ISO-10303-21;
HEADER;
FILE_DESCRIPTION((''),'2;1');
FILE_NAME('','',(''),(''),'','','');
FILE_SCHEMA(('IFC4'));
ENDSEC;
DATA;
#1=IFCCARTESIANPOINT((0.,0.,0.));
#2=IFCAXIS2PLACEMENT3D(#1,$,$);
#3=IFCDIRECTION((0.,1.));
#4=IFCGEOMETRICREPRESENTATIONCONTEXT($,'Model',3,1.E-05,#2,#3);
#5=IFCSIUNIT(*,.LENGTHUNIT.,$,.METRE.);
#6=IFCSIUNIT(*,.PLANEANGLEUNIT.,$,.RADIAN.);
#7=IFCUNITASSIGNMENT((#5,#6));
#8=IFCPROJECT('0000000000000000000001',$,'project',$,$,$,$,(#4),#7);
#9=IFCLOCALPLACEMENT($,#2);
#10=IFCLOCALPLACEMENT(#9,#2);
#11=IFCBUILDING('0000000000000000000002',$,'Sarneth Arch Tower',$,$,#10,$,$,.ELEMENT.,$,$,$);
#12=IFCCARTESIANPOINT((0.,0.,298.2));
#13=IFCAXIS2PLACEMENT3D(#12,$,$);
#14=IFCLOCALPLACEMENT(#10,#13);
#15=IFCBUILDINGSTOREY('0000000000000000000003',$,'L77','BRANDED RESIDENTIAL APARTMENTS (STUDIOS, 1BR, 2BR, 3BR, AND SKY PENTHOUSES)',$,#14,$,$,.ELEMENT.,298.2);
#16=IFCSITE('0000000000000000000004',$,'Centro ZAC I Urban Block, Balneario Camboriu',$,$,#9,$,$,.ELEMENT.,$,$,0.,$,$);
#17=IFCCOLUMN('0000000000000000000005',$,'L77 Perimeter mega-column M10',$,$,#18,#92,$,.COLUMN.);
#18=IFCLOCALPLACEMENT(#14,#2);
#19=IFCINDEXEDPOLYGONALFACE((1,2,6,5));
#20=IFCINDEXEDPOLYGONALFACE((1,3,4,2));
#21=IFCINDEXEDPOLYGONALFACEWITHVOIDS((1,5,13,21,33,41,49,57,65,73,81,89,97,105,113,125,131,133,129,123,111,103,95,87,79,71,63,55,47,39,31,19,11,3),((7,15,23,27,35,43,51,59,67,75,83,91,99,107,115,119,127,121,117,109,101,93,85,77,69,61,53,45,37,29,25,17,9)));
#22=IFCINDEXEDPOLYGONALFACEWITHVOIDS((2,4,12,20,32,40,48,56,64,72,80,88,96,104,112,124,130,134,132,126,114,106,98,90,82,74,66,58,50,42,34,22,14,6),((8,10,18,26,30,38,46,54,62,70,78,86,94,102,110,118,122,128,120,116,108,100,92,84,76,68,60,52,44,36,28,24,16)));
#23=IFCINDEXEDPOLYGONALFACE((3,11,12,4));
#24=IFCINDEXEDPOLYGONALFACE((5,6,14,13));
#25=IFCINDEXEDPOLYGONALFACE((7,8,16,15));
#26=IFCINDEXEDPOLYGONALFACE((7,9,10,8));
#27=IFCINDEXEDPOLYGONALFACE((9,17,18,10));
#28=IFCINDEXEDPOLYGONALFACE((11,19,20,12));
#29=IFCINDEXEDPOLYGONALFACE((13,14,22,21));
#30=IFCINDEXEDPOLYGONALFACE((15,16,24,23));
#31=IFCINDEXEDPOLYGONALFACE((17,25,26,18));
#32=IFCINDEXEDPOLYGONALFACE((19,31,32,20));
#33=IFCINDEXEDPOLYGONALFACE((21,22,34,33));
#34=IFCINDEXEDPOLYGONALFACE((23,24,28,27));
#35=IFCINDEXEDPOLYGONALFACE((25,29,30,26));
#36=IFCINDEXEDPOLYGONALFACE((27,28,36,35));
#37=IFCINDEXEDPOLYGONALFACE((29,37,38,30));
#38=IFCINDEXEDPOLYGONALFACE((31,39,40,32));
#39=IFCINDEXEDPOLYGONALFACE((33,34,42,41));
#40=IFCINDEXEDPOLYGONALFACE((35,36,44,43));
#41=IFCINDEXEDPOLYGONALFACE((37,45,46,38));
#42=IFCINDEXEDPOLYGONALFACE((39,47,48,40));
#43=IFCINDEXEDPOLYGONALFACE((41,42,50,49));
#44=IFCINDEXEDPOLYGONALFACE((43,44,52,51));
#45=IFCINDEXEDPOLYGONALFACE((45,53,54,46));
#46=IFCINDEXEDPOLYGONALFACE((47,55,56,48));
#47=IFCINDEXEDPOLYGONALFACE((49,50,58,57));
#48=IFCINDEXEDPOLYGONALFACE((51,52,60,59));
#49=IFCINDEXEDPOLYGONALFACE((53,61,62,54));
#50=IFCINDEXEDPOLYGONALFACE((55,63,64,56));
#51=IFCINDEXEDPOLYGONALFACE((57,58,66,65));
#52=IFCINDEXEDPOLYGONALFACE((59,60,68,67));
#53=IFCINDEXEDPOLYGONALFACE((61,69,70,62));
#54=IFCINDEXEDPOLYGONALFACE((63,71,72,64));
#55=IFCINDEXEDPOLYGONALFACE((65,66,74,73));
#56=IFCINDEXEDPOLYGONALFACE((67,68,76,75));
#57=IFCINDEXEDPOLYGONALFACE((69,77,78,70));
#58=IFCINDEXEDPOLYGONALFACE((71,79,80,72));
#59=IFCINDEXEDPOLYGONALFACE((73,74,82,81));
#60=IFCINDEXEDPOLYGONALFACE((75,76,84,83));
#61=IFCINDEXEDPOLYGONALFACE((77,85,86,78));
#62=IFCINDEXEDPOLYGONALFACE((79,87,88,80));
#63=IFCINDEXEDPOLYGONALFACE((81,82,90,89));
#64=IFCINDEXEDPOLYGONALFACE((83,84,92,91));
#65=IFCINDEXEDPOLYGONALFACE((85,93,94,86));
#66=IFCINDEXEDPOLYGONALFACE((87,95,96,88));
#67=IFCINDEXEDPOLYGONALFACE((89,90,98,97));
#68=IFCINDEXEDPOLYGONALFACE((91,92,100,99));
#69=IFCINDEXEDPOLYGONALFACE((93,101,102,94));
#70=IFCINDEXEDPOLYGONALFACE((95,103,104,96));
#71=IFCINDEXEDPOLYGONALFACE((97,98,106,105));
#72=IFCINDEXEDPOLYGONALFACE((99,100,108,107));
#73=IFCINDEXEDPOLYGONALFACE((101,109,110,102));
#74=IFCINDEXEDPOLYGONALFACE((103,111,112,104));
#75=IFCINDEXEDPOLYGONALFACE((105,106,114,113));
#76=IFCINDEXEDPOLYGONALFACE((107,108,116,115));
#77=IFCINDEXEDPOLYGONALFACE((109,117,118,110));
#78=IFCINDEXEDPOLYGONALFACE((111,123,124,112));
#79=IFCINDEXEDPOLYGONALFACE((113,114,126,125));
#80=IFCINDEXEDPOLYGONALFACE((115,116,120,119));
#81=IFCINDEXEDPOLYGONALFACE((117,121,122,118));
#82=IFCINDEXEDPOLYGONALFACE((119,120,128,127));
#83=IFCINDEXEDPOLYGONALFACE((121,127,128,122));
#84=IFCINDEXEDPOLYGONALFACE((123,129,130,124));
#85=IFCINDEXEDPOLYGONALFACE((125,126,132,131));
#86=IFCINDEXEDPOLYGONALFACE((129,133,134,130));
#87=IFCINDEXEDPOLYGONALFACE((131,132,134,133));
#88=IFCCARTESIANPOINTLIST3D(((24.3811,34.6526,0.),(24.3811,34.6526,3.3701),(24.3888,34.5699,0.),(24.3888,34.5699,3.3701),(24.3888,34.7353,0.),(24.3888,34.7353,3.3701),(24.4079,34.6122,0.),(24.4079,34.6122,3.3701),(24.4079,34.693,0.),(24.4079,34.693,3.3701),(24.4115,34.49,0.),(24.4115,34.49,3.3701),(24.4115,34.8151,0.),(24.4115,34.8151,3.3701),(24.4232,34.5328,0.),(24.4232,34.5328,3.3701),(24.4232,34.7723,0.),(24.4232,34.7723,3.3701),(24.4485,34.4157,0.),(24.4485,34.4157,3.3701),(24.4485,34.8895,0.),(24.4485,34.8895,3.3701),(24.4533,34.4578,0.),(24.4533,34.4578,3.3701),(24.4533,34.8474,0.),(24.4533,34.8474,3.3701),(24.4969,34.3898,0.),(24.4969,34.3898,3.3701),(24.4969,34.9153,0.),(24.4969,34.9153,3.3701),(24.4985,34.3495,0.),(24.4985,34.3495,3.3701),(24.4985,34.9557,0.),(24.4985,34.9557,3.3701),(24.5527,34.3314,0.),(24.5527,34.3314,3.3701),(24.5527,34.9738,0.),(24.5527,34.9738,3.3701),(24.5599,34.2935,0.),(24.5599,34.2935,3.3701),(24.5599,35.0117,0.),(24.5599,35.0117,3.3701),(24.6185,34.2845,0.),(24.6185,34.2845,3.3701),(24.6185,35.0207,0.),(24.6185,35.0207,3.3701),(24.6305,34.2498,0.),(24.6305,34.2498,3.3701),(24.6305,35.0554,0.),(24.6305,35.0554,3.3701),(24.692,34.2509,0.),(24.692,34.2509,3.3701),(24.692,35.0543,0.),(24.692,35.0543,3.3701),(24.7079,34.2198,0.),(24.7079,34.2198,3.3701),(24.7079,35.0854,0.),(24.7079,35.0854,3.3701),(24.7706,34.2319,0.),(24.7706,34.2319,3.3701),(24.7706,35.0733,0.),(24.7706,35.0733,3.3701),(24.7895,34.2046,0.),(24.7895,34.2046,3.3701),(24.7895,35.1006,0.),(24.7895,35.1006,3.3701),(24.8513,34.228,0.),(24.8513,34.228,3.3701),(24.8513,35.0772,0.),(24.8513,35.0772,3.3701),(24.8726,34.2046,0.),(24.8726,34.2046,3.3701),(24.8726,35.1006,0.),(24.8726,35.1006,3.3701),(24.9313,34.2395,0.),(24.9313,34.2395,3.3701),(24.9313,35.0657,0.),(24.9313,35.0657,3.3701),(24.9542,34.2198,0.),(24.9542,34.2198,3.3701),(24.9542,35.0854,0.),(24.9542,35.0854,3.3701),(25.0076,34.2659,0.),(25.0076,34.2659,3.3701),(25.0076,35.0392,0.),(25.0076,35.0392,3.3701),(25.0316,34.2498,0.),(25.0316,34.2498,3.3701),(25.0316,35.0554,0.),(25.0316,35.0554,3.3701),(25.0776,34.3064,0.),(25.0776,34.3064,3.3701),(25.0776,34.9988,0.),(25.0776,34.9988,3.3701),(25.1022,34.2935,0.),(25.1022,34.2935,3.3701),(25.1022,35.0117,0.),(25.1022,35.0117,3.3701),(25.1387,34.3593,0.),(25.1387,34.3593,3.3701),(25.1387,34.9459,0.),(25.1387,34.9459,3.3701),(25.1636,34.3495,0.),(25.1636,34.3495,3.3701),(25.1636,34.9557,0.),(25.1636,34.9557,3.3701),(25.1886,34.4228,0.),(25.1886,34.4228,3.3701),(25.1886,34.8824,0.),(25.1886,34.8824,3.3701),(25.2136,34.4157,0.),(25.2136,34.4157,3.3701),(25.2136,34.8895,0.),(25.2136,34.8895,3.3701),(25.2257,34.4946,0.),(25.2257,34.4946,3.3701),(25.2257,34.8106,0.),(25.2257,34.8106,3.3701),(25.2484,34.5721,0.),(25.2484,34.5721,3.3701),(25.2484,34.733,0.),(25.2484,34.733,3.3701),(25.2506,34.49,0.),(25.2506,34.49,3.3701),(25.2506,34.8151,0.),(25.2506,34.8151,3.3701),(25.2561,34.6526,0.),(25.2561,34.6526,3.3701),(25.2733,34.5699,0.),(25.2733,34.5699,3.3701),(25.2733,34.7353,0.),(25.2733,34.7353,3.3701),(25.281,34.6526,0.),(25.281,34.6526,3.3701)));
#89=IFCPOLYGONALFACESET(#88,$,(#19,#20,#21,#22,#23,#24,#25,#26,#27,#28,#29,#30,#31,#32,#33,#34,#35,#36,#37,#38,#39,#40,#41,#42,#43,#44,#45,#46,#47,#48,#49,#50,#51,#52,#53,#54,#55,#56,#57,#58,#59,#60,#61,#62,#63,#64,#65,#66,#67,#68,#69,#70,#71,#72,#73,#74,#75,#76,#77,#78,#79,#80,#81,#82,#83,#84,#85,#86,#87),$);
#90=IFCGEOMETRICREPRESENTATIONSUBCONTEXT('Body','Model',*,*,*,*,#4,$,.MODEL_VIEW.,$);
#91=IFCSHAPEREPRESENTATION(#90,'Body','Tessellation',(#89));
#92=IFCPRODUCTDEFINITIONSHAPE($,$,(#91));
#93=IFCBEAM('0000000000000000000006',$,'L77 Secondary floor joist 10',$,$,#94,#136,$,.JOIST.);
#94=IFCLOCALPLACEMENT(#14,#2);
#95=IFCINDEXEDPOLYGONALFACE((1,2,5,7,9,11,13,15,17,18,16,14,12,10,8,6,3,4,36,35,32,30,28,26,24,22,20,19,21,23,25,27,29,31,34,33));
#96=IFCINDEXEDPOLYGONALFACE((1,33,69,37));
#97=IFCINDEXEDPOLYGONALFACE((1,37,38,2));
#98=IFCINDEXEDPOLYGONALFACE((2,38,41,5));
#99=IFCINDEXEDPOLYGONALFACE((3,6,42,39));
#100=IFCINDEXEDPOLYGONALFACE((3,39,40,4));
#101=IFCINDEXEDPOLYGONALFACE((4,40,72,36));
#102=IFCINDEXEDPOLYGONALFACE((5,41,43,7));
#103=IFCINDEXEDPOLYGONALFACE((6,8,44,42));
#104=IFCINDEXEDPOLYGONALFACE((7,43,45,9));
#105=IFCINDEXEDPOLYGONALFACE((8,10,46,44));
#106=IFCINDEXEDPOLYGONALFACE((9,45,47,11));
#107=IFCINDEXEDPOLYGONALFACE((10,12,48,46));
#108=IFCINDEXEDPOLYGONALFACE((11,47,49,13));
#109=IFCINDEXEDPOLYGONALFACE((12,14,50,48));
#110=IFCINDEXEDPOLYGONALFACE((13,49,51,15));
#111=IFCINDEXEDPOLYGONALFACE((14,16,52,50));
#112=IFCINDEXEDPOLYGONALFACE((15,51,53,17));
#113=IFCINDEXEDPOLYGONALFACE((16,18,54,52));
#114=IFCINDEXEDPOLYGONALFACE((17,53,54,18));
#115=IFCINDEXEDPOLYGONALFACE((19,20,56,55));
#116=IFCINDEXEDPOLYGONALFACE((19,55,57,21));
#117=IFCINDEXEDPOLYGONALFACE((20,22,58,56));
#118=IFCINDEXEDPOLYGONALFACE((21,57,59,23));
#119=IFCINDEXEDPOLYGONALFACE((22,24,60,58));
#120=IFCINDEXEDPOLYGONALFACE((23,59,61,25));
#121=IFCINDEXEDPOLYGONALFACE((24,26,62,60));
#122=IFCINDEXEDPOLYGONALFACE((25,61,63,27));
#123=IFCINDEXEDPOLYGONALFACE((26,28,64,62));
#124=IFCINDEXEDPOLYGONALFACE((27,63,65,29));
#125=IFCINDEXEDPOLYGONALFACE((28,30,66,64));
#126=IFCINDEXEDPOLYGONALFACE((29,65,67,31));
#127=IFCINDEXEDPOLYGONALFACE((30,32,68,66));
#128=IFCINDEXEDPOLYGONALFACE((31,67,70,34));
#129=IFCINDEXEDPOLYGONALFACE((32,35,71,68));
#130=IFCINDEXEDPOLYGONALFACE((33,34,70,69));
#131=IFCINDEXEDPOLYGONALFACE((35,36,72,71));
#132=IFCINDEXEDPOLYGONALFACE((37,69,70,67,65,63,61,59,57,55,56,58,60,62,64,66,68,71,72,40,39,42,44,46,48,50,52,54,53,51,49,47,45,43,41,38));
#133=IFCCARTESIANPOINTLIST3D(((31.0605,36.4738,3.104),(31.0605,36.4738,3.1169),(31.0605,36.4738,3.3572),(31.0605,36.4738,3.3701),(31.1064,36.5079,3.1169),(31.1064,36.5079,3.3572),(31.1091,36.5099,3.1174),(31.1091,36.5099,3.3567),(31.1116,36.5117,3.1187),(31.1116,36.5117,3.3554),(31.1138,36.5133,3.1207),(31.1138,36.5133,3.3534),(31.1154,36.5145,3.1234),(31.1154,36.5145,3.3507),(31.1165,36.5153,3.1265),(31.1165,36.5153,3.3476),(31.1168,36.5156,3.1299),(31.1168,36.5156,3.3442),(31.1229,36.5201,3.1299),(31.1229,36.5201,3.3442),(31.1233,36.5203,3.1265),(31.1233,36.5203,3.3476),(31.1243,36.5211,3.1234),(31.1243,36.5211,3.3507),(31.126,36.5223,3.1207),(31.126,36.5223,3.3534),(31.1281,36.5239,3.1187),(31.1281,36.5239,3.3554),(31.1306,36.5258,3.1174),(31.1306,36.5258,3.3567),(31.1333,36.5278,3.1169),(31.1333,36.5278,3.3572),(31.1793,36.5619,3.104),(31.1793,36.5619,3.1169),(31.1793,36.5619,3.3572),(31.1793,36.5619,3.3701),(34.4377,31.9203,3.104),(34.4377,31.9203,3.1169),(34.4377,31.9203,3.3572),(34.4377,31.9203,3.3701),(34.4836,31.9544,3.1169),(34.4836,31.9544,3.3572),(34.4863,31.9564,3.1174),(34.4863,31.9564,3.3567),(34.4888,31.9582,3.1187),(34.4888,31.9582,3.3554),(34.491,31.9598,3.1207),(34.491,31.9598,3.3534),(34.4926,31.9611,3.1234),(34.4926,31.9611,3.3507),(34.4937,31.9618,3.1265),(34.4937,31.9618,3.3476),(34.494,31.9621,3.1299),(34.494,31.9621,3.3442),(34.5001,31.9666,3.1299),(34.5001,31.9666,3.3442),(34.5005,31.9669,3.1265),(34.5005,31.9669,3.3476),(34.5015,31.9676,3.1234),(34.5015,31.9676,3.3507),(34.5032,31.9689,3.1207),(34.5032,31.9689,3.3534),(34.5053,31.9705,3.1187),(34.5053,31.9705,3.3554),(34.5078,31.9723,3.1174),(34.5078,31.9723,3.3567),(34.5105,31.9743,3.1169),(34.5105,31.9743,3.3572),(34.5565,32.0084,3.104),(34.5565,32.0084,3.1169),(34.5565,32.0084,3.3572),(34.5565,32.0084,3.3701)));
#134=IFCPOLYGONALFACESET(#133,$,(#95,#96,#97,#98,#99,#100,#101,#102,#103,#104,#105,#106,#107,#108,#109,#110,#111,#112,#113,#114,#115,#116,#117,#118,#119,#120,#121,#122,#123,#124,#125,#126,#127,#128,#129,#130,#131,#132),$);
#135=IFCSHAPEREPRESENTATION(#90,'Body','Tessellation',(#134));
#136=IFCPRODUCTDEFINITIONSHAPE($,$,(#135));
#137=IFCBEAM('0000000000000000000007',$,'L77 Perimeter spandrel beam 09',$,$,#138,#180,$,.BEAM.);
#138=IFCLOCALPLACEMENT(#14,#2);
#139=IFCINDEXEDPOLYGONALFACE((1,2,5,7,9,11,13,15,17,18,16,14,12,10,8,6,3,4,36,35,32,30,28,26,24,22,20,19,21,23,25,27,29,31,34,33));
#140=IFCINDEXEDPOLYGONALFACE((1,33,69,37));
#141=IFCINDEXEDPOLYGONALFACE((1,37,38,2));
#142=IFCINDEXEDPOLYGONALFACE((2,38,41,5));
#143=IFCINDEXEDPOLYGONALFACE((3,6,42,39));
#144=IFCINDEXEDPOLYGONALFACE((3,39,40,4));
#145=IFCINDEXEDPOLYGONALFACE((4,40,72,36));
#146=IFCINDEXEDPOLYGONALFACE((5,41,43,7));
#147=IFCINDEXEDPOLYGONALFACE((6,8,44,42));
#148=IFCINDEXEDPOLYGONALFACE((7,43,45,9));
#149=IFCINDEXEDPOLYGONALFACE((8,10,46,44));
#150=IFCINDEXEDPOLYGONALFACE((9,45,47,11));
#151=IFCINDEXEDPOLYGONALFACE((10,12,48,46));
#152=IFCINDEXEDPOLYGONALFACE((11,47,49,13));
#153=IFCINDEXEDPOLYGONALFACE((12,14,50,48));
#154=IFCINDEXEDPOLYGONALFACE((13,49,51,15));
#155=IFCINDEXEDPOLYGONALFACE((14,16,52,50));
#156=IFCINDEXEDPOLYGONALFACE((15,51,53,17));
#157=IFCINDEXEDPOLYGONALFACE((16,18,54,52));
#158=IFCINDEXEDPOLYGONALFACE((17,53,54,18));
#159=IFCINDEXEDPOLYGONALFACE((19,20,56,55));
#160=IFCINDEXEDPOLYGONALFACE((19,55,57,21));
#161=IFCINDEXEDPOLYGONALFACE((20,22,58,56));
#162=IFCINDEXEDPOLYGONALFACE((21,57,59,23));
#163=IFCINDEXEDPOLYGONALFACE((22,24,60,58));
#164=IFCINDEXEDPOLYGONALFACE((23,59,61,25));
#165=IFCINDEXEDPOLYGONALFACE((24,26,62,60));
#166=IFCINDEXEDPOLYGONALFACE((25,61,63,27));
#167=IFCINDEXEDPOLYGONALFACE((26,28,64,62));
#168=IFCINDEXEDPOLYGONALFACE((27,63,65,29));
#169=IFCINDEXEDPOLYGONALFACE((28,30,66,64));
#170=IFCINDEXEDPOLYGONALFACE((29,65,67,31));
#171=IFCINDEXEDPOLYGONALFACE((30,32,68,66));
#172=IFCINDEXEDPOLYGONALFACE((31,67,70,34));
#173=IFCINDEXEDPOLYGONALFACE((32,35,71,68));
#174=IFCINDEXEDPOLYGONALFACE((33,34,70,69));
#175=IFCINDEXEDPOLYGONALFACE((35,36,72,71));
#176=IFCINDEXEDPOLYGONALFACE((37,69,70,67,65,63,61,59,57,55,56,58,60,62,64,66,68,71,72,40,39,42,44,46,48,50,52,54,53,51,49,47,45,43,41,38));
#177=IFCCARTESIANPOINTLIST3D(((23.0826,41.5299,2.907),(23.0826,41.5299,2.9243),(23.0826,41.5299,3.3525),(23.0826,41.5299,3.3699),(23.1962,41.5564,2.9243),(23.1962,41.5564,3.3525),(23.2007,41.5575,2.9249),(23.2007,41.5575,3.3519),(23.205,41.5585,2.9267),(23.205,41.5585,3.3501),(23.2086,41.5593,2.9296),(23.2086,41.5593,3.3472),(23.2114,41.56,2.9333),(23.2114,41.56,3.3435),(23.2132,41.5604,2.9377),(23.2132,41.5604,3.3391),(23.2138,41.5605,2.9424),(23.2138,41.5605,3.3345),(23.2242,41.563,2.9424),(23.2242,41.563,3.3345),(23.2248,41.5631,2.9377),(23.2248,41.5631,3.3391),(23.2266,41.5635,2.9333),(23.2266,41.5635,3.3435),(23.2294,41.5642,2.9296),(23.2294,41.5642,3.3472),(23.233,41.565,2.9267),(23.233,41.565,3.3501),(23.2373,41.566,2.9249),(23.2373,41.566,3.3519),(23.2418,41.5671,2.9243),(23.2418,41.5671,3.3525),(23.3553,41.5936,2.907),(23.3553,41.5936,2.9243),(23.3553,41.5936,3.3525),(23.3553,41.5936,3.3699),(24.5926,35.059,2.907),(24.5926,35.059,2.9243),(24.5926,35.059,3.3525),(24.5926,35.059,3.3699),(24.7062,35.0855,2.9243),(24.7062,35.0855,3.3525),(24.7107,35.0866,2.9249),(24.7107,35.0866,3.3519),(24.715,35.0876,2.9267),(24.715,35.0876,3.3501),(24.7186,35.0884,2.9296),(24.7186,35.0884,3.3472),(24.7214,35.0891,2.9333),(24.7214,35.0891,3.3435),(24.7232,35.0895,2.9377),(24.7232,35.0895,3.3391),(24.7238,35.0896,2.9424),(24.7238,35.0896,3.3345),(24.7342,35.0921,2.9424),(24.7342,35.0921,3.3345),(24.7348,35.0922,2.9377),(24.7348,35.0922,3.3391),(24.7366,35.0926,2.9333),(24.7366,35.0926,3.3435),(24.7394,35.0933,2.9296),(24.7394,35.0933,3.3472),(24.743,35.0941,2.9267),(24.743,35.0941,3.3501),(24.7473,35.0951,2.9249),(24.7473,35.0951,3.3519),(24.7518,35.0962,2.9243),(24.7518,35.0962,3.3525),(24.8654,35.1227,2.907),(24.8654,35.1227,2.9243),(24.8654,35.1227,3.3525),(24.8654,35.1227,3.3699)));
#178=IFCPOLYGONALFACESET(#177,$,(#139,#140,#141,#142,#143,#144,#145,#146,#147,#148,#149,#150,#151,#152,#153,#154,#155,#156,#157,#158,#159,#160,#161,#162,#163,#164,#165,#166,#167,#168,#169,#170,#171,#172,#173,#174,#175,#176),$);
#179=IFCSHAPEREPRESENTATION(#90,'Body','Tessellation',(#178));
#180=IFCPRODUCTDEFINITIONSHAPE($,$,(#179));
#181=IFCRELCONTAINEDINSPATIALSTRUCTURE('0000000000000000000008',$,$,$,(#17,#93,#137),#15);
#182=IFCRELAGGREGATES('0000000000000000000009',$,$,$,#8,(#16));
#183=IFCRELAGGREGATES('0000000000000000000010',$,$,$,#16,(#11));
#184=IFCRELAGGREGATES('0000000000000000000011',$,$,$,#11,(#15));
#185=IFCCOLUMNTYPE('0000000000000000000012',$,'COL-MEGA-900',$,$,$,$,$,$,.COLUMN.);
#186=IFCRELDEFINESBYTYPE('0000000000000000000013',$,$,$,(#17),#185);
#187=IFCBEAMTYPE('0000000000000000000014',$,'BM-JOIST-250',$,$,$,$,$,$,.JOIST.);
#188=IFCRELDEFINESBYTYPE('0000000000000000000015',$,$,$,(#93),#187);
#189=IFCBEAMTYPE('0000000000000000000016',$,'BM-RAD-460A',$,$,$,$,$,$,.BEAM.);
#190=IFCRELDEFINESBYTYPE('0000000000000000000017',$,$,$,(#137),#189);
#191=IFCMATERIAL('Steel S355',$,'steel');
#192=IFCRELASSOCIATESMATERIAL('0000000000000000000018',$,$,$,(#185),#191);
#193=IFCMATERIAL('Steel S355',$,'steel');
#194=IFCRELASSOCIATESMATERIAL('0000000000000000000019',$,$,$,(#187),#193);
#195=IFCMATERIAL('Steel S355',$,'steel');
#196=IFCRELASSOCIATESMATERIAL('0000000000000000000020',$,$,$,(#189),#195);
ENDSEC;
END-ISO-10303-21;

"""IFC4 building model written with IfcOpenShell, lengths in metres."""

from ifc_helpers import new_model, si_unit, direction, frame, origin, origin_2d, place, context, subcontext, project, spatial, hollow_circle, i_section, extrude, material, material_profile, profile_set, type_object, element, save


model = new_model("IFC4")

# Units and contexts
model_context = context("Model", 3, precision=1e-05, world=origin(), true_north=direction((0.0, 1.0)))
body_context = subcontext(model_context, "Body", "Model", "MODEL_VIEW")
ifc_project = project(units=[si_unit("LENGTHUNIT", "METRE"), si_unit("PLANEANGLEUNIT", "RADIAN")], contexts=[model_context])

# Site, building, storey
site_placement = place(None, origin())
site = spatial("IfcSite", under=ifc_project, at=site_placement, Name="Centro ZAC I Urban Block, Balneario Camboriu", CompositionType="ELEMENT", RefElevation=0.0)
building_placement = place(site_placement, origin())
building = spatial("IfcBuilding", under=site, at=building_placement, Name="Sarneth Arch Tower", CompositionType="ELEMENT")
storey_placement = place(building_placement, frame((0.0, 0.0, 298.2)))
storey = spatial("IfcBuildingStorey", under=building, at=storey_placement, Name="L77", Description="BRANDED RESIDENTIAL APARTMENTS (STUDIOS, 1BR, 2BR, 3BR, AND SKY PENTHOUSES)", CompositionType="ELEMENT", Elevation=298.2)

# Column
ifc_material_1 = material(Name="Steel S355", Category="steel")
ifc_material_profile_1 = material_profile(ifc_material_1, hollow_circle(Radius=0.45, WallThickness=0.0249, at=origin_2d()), Name="CHS900x25")
ifc_profile_set_1 = profile_set([ifc_material_profile_1], Name="Steel S355")
column_type = type_object("IfcColumnType", Name="COL-MEGA-900", PredefinedType="COLUMN", material=ifc_profile_set_1)
column_placement = place(storey_placement, frame((24.8311, 34.6526, 0.0), z_axis=(0.0, 0.0, 1.0), x_axis=(1.0, 0.0, 0.0)))
element("IfcColumn", 1, at=column_placement, inside=storey, type_object=column_type, Name="L77 Perimeter mega-column M10", PredefinedType="COLUMN", context=body_context, shape_type="SweptSolid", body=[
    extrude(hollow_circle(Radius=0.45, WallThickness=0.0249, at=origin_2d()), origin(), (0.0, 0.0, 1.0), 3.3701),
])

# Beams
ifc_material_2 = material(Name="Steel S355", Category="steel")
ifc_material_profile_2 = material_profile(ifc_material_2, i_section(OverallWidth=0.1479, OverallDepth=0.2661, WebThickness=0.0076, FlangeThickness=0.0129, FilletRadius=0.0129, at=origin_2d()), Name="W250x44.8")
ifc_profile_set_2 = profile_set([ifc_material_profile_2], Name="Steel S355")
beam_type_1 = type_object("IfcBeamType", Name="BM-JOIST-250", PredefinedType="JOIST", material=ifc_profile_set_2)
beam_1_placement = place(storey_placement, frame((31.1199, 36.5178, 3.2371), z_axis=(0.595713, -0.803198, 0.0), x_axis=(0.803198, 0.595713, 0.0)))
element("IfcBeam", 2, at=beam_1_placement, inside=storey, type_object=beam_type_1, Name="L77 Secondary floor joist 10", PredefinedType="JOIST", context=body_context, shape_type="SweptSolid", body=[
    extrude(i_section(OverallWidth=0.1479, OverallDepth=0.2661, WebThickness=0.0076, FlangeThickness=0.0129, FilletRadius=0.0129, at=origin_2d()), origin(), (0.0, 0.0, 1.0), 5.6692),
])
ifc_material_3 = material(Name="Steel S355", Category="steel")
ifc_material_profile_3 = material_profile(ifc_material_3, i_section(OverallWidth=0.28, OverallDepth=0.4629, WebThickness=0.0107, FlangeThickness=0.0173, FilletRadius=0.0181, at=origin_2d()), Name="W460x113")
ifc_profile_set_3 = profile_set([ifc_material_profile_3], Name="Steel S355")
beam_type_2 = type_object("IfcBeamType", Name="BM-RAD-460A", PredefinedType="BEAM", material=ifc_profile_set_3)
beam_2_placement = place(storey_placement, frame((23.219, 41.5618, 3.1384), z_axis=(0.227247, -0.973837, 0.0), x_axis=(0.973837, 0.227247, 0.0)))
element("IfcBeam", 3, at=beam_2_placement, inside=storey, type_object=beam_type_2, Name="L77 Perimeter spandrel beam 09", PredefinedType="BEAM", context=body_context, shape_type="SweptSolid", body=[
    extrude(i_section(OverallWidth=0.28, OverallDepth=0.4629, WebThickness=0.0107, FlangeThickness=0.0173, FilletRadius=0.0181, at=origin_2d()), origin(), (0.0, 0.0, 1.0), 6.6448),
])

save(model, "model.ifc")
